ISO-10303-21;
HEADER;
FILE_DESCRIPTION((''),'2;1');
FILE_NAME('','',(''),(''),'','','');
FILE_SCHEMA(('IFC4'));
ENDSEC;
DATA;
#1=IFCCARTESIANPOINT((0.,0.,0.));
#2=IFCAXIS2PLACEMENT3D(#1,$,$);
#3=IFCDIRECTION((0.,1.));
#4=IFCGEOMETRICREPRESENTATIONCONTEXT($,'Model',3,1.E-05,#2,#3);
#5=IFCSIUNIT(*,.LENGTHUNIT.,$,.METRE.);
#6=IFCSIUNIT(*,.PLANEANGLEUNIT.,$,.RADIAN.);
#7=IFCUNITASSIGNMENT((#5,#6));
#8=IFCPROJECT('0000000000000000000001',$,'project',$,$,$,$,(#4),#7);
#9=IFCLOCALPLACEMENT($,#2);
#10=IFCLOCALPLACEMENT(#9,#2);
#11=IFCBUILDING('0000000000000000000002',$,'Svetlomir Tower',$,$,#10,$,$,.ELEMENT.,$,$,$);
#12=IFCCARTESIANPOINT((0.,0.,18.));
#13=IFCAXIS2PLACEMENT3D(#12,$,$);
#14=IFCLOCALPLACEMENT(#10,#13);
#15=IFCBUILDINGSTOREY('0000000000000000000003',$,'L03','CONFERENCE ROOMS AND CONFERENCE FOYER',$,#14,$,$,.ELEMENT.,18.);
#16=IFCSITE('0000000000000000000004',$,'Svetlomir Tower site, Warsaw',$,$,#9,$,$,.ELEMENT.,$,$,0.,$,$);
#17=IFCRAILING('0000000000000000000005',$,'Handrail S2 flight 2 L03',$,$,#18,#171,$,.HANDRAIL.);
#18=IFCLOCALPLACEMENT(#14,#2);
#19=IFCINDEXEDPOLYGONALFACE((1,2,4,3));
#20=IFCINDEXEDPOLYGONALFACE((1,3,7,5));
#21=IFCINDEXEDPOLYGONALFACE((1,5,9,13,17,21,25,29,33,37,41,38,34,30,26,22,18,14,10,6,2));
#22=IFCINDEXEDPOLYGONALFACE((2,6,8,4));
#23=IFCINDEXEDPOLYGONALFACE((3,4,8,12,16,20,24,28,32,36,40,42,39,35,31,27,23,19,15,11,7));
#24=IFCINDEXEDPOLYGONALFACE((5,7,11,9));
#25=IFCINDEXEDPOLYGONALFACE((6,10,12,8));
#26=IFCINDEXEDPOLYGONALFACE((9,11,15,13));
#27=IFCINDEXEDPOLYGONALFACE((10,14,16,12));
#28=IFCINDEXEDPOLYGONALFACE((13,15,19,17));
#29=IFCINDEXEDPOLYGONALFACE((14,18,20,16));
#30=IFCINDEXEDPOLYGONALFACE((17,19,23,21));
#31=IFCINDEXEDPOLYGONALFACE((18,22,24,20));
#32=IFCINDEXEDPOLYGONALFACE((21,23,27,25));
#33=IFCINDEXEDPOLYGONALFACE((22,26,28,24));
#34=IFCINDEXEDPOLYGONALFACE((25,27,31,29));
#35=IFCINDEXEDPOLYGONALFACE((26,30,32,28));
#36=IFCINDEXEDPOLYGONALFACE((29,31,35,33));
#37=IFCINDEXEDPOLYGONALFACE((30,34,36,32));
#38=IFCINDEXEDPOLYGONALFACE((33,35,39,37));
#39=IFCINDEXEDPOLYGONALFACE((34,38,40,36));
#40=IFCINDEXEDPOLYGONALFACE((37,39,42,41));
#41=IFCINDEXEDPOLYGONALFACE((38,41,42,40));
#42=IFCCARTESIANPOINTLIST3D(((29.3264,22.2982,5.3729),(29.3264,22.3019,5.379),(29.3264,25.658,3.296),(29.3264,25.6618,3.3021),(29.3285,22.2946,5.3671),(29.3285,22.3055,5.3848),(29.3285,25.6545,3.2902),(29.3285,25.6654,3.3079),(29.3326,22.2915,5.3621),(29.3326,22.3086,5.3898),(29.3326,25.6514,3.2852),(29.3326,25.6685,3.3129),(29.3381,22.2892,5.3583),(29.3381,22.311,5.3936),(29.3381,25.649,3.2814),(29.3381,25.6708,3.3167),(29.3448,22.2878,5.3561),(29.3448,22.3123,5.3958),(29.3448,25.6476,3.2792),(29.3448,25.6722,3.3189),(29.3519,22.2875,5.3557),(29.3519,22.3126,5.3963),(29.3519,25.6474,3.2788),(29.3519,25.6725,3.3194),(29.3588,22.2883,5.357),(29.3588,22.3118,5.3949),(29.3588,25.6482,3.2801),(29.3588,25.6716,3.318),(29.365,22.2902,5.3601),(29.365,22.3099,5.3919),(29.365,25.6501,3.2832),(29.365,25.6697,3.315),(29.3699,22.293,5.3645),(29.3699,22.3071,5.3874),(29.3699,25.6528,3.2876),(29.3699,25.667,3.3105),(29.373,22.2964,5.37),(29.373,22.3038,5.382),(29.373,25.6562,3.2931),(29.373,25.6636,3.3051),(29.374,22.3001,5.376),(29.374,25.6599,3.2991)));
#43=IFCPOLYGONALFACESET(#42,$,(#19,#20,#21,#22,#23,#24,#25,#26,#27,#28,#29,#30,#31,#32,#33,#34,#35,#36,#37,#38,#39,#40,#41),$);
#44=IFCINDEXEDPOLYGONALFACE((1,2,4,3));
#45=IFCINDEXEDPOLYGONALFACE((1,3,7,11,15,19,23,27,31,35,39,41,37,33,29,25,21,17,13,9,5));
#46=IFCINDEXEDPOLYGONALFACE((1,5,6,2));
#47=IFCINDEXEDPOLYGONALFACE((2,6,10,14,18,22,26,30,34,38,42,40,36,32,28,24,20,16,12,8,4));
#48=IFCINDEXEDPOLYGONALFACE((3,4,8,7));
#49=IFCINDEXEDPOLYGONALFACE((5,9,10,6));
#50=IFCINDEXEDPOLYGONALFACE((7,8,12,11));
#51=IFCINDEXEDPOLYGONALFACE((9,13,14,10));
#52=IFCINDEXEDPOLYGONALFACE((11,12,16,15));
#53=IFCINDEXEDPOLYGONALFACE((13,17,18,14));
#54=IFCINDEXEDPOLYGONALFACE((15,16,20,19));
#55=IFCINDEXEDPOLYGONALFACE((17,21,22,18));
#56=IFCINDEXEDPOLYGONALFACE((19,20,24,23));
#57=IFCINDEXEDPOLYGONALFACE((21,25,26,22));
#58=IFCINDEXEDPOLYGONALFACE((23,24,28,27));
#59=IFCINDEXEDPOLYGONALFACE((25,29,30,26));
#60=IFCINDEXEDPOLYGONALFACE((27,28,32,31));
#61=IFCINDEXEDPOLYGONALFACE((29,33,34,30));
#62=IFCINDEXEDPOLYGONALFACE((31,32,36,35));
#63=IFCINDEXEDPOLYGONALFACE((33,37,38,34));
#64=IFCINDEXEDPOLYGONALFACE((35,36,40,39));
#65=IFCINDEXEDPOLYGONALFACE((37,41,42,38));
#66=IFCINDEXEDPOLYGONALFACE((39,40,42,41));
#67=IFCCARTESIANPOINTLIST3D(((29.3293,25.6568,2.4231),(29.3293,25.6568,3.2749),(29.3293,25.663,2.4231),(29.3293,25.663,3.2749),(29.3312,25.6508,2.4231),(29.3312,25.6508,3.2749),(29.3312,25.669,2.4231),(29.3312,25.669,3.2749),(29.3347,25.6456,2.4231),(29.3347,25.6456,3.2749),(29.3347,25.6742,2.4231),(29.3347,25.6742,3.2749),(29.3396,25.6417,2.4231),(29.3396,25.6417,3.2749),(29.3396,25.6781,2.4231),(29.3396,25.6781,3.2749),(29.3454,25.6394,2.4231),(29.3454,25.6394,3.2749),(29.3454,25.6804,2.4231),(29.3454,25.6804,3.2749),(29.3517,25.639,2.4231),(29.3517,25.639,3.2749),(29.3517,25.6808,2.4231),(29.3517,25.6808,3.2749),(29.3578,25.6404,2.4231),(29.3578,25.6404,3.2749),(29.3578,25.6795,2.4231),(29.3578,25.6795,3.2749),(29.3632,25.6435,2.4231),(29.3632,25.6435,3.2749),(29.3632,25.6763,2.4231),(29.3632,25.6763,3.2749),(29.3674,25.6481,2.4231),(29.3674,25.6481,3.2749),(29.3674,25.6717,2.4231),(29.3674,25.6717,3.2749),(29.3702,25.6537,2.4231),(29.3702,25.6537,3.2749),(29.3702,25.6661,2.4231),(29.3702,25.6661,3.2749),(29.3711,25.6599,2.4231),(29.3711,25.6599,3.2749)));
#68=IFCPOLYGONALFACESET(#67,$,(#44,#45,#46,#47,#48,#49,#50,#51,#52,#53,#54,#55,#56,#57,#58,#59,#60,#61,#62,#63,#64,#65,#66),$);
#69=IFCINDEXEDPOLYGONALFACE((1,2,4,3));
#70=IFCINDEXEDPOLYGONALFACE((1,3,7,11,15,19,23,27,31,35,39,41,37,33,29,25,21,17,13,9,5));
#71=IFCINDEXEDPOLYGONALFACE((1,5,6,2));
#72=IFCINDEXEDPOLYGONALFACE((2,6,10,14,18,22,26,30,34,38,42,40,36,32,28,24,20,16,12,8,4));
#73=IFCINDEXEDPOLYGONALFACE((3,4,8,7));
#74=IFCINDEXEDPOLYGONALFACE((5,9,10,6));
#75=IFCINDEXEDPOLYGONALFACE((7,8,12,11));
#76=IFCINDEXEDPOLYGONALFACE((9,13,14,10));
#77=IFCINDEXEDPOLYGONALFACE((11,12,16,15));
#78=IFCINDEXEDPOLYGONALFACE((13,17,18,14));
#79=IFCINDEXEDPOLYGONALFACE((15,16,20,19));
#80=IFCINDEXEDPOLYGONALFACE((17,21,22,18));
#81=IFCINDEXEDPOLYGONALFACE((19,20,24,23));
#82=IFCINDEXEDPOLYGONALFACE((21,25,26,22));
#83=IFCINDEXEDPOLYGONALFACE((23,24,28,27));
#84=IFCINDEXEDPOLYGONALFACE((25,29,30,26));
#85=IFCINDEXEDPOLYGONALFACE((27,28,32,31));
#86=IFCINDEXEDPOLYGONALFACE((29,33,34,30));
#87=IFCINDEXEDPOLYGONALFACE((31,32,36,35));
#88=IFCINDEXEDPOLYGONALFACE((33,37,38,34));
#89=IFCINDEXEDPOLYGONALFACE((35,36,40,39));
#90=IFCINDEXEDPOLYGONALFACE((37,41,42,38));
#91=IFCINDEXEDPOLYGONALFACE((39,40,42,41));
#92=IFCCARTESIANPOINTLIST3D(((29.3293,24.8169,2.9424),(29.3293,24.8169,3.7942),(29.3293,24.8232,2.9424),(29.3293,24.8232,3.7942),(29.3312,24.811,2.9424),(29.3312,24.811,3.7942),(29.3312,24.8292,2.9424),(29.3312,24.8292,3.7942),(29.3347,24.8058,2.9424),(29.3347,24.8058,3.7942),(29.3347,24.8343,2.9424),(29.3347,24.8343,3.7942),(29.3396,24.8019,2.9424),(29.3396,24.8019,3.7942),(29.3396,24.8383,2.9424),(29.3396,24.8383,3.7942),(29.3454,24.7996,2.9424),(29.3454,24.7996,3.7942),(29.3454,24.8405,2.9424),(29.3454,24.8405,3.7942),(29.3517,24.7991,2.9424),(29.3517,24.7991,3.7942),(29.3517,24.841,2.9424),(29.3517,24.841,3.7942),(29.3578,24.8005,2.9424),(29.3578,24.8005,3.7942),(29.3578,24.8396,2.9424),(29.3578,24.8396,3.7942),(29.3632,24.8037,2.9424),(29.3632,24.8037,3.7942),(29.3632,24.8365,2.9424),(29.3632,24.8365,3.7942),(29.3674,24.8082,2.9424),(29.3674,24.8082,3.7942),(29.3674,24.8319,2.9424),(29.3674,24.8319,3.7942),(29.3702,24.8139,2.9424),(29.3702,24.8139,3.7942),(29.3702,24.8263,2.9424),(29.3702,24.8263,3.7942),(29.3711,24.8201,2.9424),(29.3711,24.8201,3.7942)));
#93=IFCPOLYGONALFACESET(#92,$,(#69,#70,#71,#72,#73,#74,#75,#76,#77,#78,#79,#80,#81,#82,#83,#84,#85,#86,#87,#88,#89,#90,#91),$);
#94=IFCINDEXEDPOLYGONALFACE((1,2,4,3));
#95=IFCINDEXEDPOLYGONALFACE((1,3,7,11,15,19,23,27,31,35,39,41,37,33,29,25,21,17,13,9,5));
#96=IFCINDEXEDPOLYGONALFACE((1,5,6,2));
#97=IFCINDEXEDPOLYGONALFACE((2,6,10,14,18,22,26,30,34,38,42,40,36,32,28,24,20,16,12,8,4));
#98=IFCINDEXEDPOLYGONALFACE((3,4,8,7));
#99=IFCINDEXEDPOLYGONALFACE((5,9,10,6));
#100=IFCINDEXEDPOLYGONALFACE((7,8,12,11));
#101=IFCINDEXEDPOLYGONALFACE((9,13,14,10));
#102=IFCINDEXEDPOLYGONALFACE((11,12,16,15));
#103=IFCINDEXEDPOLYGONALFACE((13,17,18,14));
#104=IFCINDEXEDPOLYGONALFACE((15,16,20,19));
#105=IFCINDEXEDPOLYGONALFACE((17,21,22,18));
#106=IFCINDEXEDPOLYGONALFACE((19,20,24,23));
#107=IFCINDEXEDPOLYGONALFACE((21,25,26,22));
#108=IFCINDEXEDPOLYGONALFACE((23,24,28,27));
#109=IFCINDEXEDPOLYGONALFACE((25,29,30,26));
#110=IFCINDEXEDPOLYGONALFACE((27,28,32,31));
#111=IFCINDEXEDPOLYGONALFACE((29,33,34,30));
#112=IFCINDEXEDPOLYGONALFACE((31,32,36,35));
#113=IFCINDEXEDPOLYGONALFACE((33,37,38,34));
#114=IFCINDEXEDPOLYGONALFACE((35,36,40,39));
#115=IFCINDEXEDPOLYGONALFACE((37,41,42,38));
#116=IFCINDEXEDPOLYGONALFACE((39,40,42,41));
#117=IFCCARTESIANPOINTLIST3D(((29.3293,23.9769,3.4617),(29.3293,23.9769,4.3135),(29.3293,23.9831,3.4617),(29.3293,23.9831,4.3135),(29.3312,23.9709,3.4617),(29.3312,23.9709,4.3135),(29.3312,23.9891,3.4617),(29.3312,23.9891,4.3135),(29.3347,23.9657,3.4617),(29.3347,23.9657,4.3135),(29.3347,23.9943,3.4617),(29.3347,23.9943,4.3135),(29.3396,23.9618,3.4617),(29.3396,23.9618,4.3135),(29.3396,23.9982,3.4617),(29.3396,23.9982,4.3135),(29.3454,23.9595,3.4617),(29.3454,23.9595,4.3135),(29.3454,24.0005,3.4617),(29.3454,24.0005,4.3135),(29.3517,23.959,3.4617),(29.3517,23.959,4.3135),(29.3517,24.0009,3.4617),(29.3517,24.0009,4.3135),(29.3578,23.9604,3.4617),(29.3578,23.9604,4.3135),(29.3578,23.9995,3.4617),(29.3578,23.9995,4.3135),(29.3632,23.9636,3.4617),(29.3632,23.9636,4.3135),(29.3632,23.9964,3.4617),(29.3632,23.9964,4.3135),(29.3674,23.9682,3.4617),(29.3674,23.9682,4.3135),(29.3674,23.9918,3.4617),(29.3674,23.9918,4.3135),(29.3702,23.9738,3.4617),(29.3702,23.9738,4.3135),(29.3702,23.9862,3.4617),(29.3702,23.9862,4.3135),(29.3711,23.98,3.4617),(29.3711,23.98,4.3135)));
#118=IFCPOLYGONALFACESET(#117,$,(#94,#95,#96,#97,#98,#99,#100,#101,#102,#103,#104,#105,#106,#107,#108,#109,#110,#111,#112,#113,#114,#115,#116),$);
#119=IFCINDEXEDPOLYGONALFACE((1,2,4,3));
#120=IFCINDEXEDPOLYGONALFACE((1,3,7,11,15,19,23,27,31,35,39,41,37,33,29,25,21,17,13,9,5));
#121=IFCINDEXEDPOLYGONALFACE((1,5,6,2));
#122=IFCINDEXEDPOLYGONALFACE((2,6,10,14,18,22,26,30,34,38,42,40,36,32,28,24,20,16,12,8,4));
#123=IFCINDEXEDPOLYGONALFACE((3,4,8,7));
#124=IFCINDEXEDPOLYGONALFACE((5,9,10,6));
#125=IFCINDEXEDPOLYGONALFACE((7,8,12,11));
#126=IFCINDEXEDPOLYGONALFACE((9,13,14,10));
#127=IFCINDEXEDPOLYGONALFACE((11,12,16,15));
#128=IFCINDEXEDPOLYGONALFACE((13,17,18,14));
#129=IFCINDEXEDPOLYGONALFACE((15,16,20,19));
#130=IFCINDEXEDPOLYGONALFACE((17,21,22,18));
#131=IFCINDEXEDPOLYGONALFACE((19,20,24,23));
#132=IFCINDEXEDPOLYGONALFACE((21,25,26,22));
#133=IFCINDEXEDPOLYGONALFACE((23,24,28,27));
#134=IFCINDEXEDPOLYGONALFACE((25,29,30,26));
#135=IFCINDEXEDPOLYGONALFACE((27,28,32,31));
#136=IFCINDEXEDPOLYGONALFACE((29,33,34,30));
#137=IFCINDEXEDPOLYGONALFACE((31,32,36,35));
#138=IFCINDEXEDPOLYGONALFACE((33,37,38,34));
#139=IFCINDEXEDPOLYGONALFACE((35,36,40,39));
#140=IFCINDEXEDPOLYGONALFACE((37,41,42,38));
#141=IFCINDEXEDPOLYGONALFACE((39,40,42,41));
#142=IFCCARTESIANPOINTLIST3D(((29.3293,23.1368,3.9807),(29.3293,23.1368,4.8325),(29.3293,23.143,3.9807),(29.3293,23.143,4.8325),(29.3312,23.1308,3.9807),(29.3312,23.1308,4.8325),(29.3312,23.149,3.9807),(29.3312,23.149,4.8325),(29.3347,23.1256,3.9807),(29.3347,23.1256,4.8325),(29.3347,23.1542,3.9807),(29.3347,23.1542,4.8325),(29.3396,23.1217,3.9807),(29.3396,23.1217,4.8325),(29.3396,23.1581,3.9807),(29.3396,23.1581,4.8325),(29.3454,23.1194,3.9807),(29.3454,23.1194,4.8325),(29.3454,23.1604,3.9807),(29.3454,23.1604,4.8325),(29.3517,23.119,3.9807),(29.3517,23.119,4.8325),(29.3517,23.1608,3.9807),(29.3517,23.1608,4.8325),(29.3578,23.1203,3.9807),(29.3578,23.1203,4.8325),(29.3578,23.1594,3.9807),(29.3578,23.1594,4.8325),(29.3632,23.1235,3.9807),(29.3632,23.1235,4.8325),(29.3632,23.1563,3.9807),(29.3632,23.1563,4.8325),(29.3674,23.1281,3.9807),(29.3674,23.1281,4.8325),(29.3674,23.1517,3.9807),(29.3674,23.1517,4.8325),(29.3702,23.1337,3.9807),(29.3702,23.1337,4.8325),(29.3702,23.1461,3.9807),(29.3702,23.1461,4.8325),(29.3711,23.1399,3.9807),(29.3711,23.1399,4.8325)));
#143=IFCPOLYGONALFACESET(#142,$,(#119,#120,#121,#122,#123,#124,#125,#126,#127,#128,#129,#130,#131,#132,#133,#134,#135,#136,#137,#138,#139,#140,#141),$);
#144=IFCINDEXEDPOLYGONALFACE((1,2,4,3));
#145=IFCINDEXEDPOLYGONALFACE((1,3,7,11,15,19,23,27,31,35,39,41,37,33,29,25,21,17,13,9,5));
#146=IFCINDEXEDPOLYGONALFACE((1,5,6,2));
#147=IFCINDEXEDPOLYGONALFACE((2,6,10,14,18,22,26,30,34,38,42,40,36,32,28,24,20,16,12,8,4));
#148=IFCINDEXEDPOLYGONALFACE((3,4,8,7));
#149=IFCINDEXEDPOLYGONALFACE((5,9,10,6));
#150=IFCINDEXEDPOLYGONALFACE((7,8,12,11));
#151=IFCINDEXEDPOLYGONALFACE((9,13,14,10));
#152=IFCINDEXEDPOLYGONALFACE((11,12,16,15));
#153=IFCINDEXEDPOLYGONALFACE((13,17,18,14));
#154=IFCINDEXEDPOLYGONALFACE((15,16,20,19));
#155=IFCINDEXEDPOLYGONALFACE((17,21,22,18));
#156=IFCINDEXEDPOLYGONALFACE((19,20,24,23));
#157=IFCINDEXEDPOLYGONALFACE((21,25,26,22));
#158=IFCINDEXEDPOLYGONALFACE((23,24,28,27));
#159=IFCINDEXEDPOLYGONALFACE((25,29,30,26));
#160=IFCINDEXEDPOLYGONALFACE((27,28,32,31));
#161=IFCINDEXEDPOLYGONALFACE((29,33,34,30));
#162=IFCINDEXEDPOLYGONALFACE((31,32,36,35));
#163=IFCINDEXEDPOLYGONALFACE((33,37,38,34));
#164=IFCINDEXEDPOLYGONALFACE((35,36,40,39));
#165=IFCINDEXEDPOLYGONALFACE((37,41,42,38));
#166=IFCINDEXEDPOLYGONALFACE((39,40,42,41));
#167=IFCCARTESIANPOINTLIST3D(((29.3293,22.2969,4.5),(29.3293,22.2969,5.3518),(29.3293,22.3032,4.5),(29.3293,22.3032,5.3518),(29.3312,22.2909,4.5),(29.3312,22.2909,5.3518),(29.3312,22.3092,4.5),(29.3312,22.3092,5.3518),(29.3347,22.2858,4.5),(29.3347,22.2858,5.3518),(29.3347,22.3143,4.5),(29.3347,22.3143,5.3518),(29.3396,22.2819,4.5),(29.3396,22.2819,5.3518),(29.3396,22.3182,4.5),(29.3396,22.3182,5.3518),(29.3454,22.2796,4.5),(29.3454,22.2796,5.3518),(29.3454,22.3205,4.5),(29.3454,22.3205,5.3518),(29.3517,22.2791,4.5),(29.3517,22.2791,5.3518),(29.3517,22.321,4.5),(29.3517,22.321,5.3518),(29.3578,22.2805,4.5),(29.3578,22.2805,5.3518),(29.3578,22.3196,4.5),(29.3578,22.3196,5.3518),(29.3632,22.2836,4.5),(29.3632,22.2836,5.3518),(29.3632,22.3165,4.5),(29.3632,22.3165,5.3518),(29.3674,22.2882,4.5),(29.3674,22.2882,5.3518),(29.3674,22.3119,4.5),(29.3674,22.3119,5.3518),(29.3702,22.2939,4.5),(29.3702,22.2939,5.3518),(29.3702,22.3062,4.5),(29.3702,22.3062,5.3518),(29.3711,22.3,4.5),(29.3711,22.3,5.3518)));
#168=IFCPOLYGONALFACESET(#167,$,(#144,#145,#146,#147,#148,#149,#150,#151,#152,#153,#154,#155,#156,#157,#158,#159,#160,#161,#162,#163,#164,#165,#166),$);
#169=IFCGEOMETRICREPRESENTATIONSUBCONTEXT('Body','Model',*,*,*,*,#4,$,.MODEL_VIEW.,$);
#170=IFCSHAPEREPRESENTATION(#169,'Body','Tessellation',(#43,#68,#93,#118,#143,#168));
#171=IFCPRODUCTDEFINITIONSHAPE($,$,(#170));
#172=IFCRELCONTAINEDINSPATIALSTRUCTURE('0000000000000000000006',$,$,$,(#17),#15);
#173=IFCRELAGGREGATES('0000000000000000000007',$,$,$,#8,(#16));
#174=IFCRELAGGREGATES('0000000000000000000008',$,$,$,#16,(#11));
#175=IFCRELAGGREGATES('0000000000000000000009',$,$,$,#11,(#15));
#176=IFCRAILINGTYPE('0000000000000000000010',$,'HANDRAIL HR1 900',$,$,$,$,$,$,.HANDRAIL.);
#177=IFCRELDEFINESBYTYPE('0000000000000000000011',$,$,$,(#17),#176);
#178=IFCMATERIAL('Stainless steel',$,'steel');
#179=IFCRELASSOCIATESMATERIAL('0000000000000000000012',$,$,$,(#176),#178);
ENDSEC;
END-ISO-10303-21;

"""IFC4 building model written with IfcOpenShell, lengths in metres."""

from ifc_helpers import new_model, si_unit, direction, frame, origin, origin_2d, place, context, subcontext, project, spatial, circle, extrude, material, type_object, element, save


model = new_model("IFC4")

# Units and contexts
model_context = context("Model", 3, precision=1e-05, world=origin(), true_north=direction((0.0, 1.0)))
body_context = subcontext(model_context, "Body", "Model", "MODEL_VIEW")
ifc_project = project(units=[si_unit("LENGTHUNIT", "METRE"), si_unit("PLANEANGLEUNIT", "RADIAN")], contexts=[model_context])

# Site, building, storey
site_placement = place(None, origin())
site = spatial("IfcSite", under=ifc_project, at=site_placement, Name="Svetlomir Tower site, Warsaw", CompositionType="ELEMENT", RefElevation=0.0)
building_placement = place(site_placement, origin())
building = spatial("IfcBuilding", under=site, at=building_placement, Name="Svetlomir Tower", CompositionType="ELEMENT")
storey_placement = place(building_placement, frame((0.0, 0.0, 18.0)))
storey = spatial("IfcBuildingStorey", under=building, at=storey_placement, Name="L03", Description="CONFERENCE ROOMS AND CONFERENCE FOYER", CompositionType="ELEMENT", Elevation=18.0)

# Railing
ifc_material_1 = material(Name="Stainless steel", Category="steel")
railing_type_1 = type_object("IfcRailingType", Name="HANDRAIL HR1 900", PredefinedType="HANDRAIL", material=ifc_material_1)
railing_1_placement = place(storey_placement, frame((29.3501, 25.6599, 2.4231)))
element("IfcRailing", 1, at=railing_1_placement, inside=storey, type_object=railing_type_1, Name="Handrail S2 flight 2 L03", PredefinedType="HANDRAIL", context=body_context, shape_type="SweptSolid", body=[
    extrude(circle(Radius=0.0239, at=origin_2d()), frame((0.0, 0.0, 0.876), z_axis=(0.0, -0.850606, 0.525803), x_axis=(1.0, 0.0, 0.0)), (0.0, 0.0, 1.0), 3.95),
    extrude(circle(Radius=0.021, at=origin_2d()), origin(), (0.0, 0.0, 1.0), 0.8518),
    extrude(circle(Radius=0.021, at=origin_2d()), frame((0.0, -0.8398, 0.5193)), (0.0, 0.0, 1.0), 0.8518),
    extrude(circle(Radius=0.021, at=origin_2d()), frame((0.0, -1.6799, 1.0386)), (0.0, 0.0, 1.0), 0.8518),
    extrude(circle(Radius=0.021, at=origin_2d()), frame((0.0, -2.52, 1.5576)), (0.0, 0.0, 1.0), 0.8518),
    extrude(circle(Radius=0.021, at=origin_2d()), frame((0.0, -3.3599, 2.0769)), (0.0, 0.0, 1.0), 0.8518),
])

save(model, "model.ifc")
